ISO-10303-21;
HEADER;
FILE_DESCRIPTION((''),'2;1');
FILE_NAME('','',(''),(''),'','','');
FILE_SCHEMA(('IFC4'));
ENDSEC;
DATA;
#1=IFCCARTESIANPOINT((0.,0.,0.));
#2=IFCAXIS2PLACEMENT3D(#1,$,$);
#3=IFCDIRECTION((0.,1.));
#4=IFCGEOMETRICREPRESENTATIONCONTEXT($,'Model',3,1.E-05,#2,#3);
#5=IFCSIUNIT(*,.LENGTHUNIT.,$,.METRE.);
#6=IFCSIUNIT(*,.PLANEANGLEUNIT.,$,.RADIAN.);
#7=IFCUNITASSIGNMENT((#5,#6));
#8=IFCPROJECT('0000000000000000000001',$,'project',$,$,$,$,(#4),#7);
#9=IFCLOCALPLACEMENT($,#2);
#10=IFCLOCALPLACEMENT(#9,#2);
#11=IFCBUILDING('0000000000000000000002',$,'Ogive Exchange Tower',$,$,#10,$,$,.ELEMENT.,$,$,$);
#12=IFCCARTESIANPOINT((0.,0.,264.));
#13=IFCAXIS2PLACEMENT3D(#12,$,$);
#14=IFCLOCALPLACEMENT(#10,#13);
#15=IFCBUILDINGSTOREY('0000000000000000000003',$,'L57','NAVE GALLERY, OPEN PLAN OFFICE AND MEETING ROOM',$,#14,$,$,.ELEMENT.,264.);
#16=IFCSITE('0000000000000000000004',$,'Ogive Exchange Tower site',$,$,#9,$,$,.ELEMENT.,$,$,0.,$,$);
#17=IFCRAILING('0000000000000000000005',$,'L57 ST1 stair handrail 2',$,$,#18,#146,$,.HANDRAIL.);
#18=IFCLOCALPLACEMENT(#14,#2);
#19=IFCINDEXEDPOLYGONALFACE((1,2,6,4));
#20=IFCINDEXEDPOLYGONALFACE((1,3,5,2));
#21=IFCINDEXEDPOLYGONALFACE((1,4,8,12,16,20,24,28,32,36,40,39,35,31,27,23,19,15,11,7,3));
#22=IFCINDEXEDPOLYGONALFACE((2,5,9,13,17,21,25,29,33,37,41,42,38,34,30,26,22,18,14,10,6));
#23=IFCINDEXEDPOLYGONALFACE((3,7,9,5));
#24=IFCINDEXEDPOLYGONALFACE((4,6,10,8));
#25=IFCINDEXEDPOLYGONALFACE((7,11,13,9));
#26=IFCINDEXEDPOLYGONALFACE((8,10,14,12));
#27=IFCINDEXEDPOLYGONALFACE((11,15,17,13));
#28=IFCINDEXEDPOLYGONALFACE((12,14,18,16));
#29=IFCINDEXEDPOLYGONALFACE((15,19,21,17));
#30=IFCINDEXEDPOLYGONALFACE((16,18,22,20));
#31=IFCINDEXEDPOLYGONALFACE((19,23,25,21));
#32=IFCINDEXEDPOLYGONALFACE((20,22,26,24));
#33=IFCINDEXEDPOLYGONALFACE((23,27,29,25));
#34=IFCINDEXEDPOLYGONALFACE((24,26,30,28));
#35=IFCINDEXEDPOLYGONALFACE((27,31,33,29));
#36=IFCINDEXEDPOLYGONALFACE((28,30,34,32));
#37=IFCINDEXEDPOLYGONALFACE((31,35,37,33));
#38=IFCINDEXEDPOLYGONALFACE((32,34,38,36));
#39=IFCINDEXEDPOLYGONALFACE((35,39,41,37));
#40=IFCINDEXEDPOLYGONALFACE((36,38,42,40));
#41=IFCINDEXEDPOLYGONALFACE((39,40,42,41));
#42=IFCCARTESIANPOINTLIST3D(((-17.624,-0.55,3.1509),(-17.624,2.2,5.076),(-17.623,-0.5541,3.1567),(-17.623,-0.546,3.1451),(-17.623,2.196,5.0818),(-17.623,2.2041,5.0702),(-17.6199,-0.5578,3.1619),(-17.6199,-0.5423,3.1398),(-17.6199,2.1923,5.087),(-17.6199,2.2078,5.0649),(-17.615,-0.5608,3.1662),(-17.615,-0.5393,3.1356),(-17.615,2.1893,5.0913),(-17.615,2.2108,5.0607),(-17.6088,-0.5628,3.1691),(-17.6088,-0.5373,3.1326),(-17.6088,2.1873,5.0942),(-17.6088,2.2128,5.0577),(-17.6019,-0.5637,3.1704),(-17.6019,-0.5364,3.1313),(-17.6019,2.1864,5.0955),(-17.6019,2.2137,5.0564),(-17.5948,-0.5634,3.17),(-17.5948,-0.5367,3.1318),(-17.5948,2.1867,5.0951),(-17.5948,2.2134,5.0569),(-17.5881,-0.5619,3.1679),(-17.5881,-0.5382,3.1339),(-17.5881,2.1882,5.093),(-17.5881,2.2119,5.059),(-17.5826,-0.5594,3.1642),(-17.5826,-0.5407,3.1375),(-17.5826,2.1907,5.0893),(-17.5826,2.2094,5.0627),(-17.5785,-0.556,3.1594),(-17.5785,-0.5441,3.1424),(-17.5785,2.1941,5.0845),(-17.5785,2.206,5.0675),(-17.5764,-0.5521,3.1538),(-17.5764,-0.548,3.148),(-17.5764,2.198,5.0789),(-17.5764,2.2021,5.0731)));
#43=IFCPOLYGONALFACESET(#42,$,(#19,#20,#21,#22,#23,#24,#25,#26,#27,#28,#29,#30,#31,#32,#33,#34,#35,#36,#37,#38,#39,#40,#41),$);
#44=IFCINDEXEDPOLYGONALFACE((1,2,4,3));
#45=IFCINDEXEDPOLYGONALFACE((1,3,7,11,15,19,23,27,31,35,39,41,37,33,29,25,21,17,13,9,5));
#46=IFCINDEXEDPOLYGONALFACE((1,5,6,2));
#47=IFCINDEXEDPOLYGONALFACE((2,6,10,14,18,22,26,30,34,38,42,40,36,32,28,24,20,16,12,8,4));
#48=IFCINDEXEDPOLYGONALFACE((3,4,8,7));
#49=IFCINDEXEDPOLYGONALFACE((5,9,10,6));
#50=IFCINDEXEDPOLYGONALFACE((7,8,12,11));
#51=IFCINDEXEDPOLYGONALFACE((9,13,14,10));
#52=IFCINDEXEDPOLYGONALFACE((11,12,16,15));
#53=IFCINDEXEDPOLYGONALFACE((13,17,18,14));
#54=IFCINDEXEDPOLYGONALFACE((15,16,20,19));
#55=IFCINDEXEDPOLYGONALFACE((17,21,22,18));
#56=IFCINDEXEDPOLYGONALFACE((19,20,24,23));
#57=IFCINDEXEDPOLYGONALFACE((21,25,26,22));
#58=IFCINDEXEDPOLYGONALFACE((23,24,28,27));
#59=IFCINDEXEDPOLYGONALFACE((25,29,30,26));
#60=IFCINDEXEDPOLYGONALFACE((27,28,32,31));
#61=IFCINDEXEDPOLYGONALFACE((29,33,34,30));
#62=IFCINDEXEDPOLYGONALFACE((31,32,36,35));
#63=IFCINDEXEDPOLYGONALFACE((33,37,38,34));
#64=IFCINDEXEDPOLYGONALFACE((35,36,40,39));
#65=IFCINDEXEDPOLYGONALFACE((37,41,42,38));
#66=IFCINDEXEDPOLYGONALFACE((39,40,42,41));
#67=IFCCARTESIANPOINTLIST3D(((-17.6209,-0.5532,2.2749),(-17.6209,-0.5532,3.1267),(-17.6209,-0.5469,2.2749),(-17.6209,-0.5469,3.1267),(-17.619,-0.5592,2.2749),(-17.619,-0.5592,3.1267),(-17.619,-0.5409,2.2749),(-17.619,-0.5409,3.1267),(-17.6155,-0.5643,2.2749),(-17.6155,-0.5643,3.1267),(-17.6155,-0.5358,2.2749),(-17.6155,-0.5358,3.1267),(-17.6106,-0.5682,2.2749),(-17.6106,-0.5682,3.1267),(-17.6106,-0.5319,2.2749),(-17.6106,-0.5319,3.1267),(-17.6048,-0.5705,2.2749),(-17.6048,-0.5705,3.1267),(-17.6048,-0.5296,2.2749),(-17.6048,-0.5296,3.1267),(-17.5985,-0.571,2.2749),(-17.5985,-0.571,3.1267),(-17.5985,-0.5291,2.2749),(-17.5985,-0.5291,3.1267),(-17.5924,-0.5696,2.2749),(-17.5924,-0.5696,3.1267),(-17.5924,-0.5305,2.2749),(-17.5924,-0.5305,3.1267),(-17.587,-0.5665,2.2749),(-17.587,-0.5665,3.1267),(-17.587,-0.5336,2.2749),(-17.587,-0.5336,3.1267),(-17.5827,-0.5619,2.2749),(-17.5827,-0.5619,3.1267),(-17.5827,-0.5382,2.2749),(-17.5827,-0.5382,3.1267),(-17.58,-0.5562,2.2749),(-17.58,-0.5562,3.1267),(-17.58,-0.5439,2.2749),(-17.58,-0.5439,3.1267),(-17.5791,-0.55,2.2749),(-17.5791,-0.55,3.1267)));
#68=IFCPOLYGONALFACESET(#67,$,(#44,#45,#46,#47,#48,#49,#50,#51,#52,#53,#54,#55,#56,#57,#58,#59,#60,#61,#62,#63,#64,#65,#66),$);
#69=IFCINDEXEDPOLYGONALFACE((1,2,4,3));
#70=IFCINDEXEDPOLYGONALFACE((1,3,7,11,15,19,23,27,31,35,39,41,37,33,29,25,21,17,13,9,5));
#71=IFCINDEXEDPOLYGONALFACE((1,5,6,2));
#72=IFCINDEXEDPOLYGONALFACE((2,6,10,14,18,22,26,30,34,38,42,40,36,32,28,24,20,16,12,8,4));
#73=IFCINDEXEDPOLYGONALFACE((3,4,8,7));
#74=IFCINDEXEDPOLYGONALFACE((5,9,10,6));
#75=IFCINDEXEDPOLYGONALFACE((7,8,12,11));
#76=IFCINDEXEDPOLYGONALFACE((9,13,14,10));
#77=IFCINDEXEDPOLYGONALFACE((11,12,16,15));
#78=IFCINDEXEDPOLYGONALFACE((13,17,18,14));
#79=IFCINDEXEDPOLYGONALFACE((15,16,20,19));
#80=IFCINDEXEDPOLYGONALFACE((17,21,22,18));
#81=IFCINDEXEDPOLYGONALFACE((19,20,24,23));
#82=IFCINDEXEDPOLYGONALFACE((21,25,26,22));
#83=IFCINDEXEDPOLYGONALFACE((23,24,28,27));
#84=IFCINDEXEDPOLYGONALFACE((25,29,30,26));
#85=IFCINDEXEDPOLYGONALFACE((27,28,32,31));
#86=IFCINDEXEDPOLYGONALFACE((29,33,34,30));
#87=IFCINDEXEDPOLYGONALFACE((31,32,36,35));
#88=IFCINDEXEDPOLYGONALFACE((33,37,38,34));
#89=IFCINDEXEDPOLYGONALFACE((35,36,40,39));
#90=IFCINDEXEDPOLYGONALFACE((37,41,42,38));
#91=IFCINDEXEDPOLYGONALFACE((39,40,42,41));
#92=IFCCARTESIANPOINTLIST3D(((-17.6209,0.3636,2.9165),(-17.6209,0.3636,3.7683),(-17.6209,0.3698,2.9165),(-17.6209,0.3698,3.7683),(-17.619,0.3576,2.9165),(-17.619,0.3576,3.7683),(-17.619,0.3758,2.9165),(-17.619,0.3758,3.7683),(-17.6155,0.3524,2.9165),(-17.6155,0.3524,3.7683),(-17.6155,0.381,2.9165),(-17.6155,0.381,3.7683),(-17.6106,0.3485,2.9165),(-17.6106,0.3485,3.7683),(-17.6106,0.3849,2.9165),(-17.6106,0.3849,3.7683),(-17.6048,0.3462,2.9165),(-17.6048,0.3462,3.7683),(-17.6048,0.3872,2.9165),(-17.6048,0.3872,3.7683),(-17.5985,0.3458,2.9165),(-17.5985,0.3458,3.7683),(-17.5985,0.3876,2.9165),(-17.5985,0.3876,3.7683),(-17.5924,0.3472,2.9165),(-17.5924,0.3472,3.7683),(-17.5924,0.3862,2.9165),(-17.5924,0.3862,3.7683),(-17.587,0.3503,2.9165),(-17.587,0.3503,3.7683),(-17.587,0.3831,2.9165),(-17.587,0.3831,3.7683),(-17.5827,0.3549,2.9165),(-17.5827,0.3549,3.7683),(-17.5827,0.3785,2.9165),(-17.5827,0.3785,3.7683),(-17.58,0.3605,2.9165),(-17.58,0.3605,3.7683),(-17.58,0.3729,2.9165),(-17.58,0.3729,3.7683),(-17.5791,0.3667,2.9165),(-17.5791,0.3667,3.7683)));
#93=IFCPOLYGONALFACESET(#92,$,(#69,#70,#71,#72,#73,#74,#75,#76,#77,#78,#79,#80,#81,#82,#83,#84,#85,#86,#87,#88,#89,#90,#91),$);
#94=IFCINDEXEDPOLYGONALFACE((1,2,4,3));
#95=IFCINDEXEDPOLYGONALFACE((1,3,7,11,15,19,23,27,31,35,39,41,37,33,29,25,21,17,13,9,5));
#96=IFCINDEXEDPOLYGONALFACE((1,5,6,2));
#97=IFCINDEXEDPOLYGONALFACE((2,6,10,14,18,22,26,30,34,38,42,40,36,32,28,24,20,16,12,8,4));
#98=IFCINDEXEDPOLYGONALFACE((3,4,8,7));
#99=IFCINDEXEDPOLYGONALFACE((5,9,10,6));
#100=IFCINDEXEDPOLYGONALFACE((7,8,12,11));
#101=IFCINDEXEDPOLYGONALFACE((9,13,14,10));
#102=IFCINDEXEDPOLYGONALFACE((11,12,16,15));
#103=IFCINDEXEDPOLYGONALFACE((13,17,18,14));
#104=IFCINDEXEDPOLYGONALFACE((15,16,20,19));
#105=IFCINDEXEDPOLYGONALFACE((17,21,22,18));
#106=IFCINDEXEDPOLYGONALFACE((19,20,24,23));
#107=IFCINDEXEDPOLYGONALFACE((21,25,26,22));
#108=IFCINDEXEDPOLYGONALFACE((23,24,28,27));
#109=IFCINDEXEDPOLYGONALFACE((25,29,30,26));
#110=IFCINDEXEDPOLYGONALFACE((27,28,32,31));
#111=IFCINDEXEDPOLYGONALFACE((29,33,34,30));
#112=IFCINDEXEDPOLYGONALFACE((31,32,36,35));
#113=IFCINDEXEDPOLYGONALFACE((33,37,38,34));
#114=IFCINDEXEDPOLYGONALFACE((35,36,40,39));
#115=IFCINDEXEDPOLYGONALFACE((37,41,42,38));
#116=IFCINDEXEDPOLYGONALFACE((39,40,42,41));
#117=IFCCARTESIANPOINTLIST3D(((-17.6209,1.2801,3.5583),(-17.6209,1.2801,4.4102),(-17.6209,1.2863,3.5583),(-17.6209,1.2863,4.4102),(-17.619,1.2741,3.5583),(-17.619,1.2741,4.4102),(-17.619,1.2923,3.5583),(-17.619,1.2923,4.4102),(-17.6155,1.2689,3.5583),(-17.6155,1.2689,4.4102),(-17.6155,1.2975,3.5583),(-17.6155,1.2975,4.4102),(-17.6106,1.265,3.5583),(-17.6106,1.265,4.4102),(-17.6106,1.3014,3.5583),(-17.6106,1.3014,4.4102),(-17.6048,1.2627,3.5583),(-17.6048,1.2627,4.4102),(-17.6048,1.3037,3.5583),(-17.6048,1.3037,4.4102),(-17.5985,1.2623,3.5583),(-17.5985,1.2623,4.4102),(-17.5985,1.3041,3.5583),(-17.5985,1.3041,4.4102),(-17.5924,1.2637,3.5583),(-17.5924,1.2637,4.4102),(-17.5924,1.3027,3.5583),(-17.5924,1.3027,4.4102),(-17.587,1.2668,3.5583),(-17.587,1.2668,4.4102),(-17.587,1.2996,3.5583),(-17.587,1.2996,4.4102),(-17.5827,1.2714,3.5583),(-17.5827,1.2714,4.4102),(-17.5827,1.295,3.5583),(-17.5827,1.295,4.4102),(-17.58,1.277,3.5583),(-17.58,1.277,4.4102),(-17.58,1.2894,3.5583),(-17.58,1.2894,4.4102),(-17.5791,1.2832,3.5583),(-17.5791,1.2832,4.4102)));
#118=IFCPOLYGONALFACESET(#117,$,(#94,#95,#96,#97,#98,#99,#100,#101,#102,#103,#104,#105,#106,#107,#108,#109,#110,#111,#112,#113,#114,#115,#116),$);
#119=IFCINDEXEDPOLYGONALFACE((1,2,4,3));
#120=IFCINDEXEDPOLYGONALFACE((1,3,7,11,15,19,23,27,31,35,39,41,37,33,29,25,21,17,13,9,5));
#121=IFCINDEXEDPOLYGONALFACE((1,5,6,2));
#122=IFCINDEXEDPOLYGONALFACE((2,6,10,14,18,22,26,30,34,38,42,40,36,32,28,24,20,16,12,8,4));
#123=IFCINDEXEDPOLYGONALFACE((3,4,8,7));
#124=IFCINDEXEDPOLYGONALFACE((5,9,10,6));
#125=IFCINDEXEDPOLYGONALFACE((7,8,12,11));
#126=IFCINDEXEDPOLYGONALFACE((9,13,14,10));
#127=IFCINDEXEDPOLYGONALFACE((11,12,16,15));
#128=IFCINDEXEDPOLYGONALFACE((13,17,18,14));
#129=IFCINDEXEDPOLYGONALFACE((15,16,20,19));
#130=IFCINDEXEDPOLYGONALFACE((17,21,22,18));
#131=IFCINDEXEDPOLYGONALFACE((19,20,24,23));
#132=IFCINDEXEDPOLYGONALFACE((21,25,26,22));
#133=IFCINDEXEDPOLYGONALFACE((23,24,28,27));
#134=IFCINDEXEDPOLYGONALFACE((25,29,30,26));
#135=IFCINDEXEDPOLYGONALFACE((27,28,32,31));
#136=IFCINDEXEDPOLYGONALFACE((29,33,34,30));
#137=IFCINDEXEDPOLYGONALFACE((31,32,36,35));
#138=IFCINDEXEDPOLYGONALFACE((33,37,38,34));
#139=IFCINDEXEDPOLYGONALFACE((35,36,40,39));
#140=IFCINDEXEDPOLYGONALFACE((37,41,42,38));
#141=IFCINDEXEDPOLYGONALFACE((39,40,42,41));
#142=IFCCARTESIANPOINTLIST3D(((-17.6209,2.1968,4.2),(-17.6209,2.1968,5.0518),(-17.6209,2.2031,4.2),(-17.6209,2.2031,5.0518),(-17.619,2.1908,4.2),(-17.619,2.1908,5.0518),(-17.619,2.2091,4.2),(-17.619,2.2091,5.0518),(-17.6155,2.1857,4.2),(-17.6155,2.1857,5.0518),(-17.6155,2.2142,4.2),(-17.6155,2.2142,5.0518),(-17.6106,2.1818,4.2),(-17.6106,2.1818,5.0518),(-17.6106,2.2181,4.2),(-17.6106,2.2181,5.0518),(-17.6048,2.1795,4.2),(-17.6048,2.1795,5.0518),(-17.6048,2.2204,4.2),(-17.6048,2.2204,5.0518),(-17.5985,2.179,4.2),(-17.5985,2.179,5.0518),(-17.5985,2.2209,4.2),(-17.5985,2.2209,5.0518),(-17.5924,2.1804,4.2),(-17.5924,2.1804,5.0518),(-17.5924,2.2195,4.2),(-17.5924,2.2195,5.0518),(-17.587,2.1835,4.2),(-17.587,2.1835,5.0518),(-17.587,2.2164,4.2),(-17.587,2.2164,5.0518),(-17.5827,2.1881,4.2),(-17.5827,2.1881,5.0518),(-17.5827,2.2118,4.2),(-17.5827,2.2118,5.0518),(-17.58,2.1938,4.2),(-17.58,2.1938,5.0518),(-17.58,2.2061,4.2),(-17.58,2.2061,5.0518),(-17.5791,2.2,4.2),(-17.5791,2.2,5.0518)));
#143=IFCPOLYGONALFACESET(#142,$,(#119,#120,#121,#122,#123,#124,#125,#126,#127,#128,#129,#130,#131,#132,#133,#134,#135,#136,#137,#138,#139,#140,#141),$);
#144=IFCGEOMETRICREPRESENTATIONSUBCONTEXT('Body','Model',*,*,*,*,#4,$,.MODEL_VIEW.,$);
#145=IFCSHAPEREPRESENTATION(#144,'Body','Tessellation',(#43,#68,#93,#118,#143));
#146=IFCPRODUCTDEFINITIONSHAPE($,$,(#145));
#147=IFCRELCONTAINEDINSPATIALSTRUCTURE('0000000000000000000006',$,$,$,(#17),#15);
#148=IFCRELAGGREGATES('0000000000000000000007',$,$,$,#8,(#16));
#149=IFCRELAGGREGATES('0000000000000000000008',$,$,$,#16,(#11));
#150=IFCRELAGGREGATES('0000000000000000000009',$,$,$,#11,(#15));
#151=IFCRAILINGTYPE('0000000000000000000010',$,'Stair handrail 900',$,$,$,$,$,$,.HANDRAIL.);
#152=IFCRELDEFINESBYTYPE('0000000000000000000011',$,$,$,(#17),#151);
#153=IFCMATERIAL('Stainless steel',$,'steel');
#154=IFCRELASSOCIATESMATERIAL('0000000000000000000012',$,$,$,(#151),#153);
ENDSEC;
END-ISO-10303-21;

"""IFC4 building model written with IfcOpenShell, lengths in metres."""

from ifc_helpers import new_model, si_unit, direction, frame, origin, origin_2d, place, context, subcontext, project, spatial, circle, extrude, material, type_object, element, save


model = new_model("IFC4")

# Units and contexts
model_context = context("Model", 3, precision=1e-05, world=origin(), true_north=direction((0.0, 1.0)))
body_context = subcontext(model_context, "Body", "Model", "MODEL_VIEW")
ifc_project = project(units=[si_unit("LENGTHUNIT", "METRE"), si_unit("PLANEANGLEUNIT", "RADIAN")], contexts=[model_context])

# Site, building, storey
site_placement = place(None, origin())
site = spatial("IfcSite", under=ifc_project, at=site_placement, Name="Ogive Exchange Tower site", CompositionType="ELEMENT", RefElevation=0.0)
building_placement = place(site_placement, origin())
building = spatial("IfcBuilding", under=site, at=building_placement, Name="Ogive Exchange Tower", CompositionType="ELEMENT")
storey_placement = place(building_placement, frame((0.0, 0.0, 264.0)))
storey = spatial("IfcBuildingStorey", under=building, at=storey_placement, Name="L57", Description="NAVE GALLERY, OPEN PLAN OFFICE AND MEETING ROOM", CompositionType="ELEMENT", Elevation=264.0)

# Shared definitions
ifc_material_1 = material(Name="Stainless steel", Category="steel")

# Railing
railing_type = type_object("IfcRailingType", Name="Stair handrail 900", PredefinedType="HANDRAIL", material=ifc_material_1)
railing_placement = place(storey_placement, frame((-17.6001, -0.55, 2.2749)))
element("IfcRailing", 1, at=railing_placement, inside=storey, type_object=railing_type, Name="L57 ST1 stair handrail 2", PredefinedType="HANDRAIL", context=body_context, shape_type="SweptSolid", body=[
    extrude(circle(Radius=0.0239, at=origin_2d()), frame((0.0, 0.0, 0.876), z_axis=(0.0, 0.819225, 0.573472), x_axis=(-1.0, 0.0, 0.0)), (0.0, 0.0, 1.0), 3.3569),
    extrude(circle(Radius=0.021, at=origin_2d()), origin(), (0.0, 0.0, 1.0), 0.8518),
    extrude(circle(Radius=0.021, at=origin_2d()), frame((0.0, 0.9167, 0.6416)), (0.0, 0.0, 1.0), 0.8518),
    extrude(circle(Radius=0.021, at=origin_2d()), frame((0.0, 1.8333, 1.2834)), (0.0, 0.0, 1.0), 0.8518),
    extrude(circle(Radius=0.021, at=origin_2d()), frame((0.0, 2.75, 1.925)), (0.0, 0.0, 1.0), 0.8518),
])

save(model, "model.ifc")
